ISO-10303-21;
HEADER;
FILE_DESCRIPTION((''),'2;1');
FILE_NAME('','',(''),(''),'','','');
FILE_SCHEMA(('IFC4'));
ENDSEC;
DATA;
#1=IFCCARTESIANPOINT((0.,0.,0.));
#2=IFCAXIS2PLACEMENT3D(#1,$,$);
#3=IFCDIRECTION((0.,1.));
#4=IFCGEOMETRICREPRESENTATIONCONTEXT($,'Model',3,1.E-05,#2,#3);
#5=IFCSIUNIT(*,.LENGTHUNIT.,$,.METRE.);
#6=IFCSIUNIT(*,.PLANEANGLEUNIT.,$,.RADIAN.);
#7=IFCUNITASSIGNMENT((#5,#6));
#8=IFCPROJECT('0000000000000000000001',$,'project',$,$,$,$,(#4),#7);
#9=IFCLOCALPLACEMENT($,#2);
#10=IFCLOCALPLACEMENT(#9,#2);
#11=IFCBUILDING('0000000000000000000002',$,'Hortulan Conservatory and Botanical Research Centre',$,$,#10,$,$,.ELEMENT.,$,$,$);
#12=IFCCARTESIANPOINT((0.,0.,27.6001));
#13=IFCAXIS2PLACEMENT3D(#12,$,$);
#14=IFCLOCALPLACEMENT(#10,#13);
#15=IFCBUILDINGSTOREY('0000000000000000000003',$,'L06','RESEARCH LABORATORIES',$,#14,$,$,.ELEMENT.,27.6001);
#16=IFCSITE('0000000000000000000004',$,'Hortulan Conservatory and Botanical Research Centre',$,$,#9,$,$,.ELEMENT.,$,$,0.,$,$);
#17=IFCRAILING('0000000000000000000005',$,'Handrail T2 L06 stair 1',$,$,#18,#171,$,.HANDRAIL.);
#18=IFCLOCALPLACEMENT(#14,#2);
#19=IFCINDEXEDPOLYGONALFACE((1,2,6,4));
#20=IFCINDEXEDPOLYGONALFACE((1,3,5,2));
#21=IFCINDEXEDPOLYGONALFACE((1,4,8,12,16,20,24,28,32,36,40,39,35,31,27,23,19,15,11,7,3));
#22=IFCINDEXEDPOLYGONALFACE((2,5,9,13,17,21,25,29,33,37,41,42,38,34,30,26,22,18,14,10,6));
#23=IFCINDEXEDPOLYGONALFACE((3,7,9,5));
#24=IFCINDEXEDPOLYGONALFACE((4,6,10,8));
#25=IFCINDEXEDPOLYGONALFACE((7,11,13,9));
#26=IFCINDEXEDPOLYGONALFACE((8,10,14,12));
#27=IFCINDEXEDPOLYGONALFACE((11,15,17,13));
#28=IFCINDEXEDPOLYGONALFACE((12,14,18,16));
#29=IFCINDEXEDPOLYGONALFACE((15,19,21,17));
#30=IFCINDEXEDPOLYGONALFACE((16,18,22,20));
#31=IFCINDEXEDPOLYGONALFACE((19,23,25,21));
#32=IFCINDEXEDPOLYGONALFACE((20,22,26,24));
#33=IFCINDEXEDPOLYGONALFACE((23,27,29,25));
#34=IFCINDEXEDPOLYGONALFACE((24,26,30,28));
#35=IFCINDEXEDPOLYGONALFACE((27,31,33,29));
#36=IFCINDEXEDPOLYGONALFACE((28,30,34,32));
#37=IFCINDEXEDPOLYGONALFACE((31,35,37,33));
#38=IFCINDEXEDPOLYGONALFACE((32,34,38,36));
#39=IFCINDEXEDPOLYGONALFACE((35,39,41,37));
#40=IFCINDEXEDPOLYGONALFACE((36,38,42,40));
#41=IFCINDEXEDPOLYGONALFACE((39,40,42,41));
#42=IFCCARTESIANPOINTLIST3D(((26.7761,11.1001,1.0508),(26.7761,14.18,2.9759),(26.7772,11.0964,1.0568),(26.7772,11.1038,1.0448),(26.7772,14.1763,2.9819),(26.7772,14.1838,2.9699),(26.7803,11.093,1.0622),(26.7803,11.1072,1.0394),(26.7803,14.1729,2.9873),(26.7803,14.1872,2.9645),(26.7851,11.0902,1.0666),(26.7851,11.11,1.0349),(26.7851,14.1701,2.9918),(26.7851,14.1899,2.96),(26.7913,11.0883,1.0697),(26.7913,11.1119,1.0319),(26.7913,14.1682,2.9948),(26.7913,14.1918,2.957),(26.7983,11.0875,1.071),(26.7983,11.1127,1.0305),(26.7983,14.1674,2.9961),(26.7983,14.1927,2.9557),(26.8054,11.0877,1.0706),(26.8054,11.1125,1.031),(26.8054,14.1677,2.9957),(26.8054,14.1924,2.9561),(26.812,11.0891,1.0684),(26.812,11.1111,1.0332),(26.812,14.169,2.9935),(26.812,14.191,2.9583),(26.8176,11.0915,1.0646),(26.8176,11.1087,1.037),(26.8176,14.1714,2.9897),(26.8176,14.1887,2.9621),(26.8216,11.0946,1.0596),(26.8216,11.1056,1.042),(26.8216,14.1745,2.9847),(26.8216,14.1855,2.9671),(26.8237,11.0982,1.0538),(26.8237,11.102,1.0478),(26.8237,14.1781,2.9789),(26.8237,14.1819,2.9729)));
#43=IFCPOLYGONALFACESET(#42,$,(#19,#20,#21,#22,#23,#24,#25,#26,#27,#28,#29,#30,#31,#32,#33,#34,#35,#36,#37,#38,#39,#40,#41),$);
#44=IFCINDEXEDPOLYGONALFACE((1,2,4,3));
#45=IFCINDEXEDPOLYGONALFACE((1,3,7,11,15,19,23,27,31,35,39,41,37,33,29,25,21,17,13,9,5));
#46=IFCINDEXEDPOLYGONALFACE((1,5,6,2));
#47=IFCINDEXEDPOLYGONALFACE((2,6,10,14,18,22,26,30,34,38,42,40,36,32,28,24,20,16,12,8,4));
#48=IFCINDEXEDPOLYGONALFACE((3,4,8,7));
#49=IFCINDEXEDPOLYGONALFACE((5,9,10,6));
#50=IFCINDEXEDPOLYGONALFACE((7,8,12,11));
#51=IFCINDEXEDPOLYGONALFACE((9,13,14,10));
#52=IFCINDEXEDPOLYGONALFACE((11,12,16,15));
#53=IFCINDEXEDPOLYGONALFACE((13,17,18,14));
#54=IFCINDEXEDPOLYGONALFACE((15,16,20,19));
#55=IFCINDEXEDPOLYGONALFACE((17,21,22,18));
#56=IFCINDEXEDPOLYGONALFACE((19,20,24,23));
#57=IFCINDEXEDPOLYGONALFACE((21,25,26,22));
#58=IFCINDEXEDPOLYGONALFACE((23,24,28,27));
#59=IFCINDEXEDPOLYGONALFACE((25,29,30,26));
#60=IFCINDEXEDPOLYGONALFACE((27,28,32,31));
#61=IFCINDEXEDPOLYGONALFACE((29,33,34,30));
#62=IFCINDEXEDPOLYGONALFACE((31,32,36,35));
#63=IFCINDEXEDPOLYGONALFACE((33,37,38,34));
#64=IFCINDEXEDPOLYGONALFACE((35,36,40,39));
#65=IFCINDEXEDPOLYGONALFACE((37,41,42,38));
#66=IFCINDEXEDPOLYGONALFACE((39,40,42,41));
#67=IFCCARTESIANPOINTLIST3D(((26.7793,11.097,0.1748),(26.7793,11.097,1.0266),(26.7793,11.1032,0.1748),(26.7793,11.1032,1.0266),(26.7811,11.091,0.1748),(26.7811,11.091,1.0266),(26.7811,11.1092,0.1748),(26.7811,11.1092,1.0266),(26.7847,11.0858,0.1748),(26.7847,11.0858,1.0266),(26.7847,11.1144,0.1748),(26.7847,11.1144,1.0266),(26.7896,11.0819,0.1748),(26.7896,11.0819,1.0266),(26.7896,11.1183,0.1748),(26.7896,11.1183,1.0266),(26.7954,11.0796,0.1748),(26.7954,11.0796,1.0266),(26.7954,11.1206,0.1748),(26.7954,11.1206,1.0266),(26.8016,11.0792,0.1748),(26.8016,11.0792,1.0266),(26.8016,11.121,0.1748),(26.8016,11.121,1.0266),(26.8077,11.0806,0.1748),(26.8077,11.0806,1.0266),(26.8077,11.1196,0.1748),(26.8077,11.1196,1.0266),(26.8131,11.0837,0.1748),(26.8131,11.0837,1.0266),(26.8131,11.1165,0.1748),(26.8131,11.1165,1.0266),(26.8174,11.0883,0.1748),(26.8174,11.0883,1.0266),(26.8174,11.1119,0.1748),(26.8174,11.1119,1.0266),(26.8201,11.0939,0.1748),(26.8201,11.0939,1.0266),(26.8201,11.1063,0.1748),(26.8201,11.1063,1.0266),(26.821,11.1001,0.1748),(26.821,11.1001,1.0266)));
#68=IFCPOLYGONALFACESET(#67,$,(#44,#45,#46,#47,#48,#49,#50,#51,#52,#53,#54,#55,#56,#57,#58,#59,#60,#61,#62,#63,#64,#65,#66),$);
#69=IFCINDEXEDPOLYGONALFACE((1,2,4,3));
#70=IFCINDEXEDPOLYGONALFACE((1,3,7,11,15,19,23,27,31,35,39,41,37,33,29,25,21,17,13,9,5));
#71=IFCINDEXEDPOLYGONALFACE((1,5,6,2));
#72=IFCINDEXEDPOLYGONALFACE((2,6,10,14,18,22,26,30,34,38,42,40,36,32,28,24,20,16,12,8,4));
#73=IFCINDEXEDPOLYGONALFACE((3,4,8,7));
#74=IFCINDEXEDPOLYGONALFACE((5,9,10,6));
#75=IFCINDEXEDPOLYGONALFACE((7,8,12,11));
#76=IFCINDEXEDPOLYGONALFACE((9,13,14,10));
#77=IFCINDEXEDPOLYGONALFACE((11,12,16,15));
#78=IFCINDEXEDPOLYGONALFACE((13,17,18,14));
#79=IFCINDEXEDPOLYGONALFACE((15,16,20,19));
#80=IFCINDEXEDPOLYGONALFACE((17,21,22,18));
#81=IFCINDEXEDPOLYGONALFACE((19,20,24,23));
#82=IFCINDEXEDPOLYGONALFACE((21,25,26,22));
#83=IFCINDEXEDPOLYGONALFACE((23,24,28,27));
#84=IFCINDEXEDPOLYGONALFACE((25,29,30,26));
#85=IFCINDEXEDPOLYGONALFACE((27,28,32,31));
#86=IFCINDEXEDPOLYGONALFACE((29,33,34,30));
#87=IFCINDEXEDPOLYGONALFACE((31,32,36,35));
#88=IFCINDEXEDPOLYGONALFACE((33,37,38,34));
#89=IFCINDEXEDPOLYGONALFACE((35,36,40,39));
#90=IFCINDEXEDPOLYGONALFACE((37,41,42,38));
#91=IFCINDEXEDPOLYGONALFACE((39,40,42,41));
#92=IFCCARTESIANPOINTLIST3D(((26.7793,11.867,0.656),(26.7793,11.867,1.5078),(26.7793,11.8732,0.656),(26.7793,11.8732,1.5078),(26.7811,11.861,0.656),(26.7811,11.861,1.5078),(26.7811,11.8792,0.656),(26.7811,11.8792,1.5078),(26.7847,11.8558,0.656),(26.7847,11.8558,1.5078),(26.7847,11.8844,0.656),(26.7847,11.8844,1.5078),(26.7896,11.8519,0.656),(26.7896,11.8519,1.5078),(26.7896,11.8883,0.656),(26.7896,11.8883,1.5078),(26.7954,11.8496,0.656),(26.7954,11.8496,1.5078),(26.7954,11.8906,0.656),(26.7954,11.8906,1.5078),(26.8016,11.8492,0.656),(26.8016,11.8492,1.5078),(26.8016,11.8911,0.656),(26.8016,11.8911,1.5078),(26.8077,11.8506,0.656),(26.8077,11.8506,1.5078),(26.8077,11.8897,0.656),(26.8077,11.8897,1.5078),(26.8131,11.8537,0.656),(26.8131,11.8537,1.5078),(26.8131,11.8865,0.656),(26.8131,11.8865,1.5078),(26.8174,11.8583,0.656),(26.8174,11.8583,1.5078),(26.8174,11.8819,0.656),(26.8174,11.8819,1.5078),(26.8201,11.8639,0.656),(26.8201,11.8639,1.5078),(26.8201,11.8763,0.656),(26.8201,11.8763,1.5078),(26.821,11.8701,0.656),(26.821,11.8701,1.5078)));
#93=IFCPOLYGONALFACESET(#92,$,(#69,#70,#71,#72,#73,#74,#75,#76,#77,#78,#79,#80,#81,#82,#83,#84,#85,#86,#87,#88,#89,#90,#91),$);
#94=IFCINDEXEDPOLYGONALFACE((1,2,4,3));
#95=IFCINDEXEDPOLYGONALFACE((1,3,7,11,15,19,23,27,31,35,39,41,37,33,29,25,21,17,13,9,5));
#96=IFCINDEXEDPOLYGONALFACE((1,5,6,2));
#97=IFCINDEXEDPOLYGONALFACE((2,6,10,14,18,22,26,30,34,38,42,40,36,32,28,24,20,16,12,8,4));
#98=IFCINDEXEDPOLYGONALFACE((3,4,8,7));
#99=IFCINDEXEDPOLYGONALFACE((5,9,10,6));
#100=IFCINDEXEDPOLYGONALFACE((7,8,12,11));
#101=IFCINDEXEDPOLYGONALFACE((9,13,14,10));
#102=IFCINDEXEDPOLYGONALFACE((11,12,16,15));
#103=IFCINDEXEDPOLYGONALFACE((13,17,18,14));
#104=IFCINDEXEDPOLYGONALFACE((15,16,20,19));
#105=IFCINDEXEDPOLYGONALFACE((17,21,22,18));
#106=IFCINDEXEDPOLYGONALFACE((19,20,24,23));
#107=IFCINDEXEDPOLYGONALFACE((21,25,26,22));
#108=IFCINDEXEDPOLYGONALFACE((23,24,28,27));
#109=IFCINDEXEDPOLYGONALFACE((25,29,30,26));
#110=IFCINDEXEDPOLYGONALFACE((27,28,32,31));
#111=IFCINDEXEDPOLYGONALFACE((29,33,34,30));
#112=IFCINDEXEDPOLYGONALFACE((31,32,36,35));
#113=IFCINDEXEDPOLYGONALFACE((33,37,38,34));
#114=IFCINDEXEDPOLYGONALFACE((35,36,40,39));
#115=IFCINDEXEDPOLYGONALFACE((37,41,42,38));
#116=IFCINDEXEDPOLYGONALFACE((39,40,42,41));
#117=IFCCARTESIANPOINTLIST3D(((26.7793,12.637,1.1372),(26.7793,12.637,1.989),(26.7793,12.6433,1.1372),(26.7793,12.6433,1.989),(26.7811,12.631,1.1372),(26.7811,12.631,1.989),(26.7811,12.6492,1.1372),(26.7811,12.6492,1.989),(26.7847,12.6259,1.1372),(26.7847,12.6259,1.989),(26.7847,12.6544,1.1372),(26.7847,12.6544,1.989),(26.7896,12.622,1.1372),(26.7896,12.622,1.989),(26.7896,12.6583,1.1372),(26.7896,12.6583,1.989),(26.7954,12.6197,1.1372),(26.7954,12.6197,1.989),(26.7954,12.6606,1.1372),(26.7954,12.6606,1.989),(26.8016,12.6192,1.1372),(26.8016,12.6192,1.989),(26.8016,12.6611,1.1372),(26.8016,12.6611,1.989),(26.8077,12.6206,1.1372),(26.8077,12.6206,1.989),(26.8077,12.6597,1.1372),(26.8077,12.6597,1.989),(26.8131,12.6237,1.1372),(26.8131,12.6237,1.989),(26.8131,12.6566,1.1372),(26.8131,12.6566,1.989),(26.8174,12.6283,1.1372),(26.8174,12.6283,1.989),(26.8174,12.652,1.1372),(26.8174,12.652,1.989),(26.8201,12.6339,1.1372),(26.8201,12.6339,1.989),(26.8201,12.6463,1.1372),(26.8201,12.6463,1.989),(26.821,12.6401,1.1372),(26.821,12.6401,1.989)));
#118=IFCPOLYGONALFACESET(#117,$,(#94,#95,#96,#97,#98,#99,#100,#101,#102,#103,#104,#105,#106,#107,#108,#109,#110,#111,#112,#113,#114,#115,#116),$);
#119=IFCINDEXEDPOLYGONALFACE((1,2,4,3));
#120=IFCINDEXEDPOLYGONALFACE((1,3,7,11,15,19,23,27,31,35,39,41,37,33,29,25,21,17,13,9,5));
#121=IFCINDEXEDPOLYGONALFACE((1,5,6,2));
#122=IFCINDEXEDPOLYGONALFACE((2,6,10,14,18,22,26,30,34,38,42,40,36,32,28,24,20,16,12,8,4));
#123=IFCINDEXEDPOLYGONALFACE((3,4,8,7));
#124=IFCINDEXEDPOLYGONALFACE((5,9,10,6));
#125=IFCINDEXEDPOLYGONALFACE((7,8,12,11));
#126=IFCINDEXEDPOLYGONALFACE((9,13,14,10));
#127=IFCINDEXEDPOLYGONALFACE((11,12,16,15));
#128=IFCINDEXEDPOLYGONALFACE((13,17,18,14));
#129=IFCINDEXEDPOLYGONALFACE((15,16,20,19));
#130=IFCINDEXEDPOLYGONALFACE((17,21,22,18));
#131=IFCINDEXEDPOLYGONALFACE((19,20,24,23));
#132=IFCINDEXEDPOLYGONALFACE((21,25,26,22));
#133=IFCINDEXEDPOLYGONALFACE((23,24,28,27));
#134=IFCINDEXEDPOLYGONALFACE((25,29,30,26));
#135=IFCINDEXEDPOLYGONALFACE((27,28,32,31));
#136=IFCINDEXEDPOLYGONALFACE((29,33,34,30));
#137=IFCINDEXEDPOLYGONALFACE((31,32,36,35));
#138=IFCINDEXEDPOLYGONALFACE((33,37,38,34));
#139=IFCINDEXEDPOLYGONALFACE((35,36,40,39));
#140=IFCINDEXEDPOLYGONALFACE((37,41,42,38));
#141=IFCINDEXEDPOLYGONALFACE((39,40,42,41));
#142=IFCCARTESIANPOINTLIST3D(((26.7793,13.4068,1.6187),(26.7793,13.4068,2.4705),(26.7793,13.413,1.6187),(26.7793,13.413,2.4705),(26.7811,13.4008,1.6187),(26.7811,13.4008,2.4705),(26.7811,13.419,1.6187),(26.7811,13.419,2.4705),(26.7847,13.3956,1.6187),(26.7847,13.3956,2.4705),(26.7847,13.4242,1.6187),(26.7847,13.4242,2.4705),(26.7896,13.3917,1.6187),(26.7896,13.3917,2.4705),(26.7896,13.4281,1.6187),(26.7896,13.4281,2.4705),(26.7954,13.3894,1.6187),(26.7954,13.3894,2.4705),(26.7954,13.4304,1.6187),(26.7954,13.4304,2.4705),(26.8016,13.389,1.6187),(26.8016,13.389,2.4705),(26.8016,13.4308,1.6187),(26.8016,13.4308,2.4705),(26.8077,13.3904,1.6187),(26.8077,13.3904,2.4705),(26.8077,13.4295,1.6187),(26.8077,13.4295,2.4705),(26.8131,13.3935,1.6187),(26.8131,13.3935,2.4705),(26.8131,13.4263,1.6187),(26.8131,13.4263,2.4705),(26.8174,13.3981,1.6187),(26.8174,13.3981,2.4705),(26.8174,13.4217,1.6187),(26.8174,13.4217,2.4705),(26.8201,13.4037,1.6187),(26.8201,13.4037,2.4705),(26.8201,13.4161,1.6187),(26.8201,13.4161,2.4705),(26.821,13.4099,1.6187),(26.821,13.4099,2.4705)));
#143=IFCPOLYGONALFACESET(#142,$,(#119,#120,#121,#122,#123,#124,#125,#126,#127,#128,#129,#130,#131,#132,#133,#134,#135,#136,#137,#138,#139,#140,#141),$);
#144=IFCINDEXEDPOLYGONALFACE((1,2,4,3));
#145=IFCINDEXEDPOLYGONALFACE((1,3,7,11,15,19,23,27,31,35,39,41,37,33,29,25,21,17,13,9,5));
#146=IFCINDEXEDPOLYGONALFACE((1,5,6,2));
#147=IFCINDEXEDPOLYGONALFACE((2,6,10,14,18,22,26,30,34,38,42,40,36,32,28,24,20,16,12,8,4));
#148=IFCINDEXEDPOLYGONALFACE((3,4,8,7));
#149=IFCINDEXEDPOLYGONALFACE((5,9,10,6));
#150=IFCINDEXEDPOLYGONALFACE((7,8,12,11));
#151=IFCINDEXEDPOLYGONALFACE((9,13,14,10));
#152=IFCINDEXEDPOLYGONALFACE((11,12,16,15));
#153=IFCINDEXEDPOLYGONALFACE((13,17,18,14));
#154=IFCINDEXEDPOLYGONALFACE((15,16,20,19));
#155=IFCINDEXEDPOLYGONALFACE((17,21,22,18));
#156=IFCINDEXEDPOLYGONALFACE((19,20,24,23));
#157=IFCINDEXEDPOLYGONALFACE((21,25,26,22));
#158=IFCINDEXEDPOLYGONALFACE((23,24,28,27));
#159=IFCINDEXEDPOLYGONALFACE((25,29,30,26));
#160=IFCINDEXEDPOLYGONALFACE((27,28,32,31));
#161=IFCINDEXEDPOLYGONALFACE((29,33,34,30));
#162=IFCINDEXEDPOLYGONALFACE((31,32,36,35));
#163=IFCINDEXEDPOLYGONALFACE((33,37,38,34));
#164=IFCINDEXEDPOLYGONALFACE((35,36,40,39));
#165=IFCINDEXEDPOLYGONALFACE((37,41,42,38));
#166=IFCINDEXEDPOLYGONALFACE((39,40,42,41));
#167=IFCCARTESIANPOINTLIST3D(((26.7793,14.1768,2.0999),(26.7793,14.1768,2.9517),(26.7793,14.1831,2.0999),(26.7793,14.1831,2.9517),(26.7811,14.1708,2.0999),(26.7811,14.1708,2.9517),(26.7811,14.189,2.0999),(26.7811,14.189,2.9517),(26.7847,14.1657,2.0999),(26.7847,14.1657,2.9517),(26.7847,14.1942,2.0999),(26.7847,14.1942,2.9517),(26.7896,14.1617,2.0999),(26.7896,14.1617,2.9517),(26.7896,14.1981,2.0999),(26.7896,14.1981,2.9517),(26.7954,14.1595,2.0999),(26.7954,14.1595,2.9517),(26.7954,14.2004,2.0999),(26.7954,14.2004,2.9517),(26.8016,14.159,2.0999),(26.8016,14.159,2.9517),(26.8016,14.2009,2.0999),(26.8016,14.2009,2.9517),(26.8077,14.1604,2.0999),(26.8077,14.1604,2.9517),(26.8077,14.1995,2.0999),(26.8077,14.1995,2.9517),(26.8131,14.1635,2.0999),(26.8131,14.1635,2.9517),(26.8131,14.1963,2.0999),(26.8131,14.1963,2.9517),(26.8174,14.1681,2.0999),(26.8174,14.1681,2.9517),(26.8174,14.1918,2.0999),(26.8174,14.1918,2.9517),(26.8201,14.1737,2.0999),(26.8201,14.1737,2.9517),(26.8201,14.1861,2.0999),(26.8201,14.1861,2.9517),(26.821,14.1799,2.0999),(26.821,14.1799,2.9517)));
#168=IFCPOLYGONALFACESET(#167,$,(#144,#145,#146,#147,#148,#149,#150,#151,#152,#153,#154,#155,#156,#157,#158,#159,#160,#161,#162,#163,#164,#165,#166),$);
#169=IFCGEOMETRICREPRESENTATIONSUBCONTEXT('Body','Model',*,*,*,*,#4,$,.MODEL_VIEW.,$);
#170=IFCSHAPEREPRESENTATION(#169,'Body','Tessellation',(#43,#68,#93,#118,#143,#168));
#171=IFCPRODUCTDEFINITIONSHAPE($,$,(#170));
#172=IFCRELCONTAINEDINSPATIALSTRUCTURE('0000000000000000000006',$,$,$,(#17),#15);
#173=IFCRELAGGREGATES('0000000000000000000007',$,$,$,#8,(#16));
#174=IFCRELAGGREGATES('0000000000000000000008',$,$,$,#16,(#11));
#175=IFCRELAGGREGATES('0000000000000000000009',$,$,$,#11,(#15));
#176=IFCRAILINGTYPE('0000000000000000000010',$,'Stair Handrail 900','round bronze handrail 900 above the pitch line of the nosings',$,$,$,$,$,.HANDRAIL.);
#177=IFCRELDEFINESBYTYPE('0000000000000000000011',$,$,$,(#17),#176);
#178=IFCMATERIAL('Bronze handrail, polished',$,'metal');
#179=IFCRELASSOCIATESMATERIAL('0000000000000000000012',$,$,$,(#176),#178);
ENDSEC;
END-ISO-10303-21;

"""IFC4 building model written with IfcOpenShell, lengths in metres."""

from ifc_helpers import new_model, si_unit, direction, frame, origin, origin_2d, place, context, subcontext, project, spatial, circle, extrude, material, type_object, element, save


model = new_model("IFC4")

# Units and contexts
model_context = context("Model", 3, precision=1e-05, world=origin(), true_north=direction((0.0, 1.0)))
body_context = subcontext(model_context, "Body", "Model", "MODEL_VIEW")
ifc_project = project(units=[si_unit("LENGTHUNIT", "METRE"), si_unit("PLANEANGLEUNIT", "RADIAN")], contexts=[model_context])

# Site, building, storey
site_placement = place(None, origin())
site = spatial("IfcSite", under=ifc_project, at=site_placement, Name="Hortulan Conservatory and Botanical Research Centre", CompositionType="ELEMENT", RefElevation=0.0)
building_placement = place(site_placement, origin())
building = spatial("IfcBuilding", under=site, at=building_placement, Name="Hortulan Conservatory and Botanical Research Centre", CompositionType="ELEMENT")
storey_placement = place(building_placement, frame((0.0, 0.0, 27.6001)))
storey = spatial("IfcBuildingStorey", under=building, at=storey_placement, Name="L06", Description="RESEARCH LABORATORIES", CompositionType="ELEMENT", Elevation=27.6001)

# Railing
ifc_material_1 = material(Name="Bronze handrail, polished", Category="metal")
railing_type_1 = type_object("IfcRailingType", Name="Stair Handrail 900", Description="round bronze handrail 900 above the pitch line of the nosings", PredefinedType="HANDRAIL", material=ifc_material_1)
railing_1_placement = place(storey_placement, frame((26.8, 11.1001, 0.1748)))
element("IfcRailing", 1, at=railing_1_placement, inside=storey, type_object=railing_type_1, Name="Handrail T2 L06 stair 1", PredefinedType="HANDRAIL", context=body_context, shape_type="SweptSolid", body=[
    extrude(circle(Radius=0.0239, at=origin_2d()), frame((0.0, 0.0, 0.876), z_axis=(0.0, 0.847979, 0.530029), x_axis=(-1.0, 0.0, 0.0)), (0.0, 0.0, 1.0), 3.6321),
    extrude(circle(Radius=0.021, at=origin_2d()), origin(), (0.0, 0.0, 1.0), 0.8518),
    extrude(circle(Radius=0.021, at=origin_2d()), frame((0.0, 0.77, 0.4812)), (0.0, 0.0, 1.0), 0.8518),
    extrude(circle(Radius=0.021, at=origin_2d()), frame((0.0, 1.54, 0.9624)), (0.0, 0.0, 1.0), 0.8518),
    extrude(circle(Radius=0.021, at=origin_2d()), frame((0.0, 2.3098, 1.4438)), (0.0, 0.0, 1.0), 0.8518),
    extrude(circle(Radius=0.021, at=origin_2d()), frame((0.0, 3.0798, 1.925)), (0.0, 0.0, 1.0), 0.8518),
])

save(model, "model.ifc")
